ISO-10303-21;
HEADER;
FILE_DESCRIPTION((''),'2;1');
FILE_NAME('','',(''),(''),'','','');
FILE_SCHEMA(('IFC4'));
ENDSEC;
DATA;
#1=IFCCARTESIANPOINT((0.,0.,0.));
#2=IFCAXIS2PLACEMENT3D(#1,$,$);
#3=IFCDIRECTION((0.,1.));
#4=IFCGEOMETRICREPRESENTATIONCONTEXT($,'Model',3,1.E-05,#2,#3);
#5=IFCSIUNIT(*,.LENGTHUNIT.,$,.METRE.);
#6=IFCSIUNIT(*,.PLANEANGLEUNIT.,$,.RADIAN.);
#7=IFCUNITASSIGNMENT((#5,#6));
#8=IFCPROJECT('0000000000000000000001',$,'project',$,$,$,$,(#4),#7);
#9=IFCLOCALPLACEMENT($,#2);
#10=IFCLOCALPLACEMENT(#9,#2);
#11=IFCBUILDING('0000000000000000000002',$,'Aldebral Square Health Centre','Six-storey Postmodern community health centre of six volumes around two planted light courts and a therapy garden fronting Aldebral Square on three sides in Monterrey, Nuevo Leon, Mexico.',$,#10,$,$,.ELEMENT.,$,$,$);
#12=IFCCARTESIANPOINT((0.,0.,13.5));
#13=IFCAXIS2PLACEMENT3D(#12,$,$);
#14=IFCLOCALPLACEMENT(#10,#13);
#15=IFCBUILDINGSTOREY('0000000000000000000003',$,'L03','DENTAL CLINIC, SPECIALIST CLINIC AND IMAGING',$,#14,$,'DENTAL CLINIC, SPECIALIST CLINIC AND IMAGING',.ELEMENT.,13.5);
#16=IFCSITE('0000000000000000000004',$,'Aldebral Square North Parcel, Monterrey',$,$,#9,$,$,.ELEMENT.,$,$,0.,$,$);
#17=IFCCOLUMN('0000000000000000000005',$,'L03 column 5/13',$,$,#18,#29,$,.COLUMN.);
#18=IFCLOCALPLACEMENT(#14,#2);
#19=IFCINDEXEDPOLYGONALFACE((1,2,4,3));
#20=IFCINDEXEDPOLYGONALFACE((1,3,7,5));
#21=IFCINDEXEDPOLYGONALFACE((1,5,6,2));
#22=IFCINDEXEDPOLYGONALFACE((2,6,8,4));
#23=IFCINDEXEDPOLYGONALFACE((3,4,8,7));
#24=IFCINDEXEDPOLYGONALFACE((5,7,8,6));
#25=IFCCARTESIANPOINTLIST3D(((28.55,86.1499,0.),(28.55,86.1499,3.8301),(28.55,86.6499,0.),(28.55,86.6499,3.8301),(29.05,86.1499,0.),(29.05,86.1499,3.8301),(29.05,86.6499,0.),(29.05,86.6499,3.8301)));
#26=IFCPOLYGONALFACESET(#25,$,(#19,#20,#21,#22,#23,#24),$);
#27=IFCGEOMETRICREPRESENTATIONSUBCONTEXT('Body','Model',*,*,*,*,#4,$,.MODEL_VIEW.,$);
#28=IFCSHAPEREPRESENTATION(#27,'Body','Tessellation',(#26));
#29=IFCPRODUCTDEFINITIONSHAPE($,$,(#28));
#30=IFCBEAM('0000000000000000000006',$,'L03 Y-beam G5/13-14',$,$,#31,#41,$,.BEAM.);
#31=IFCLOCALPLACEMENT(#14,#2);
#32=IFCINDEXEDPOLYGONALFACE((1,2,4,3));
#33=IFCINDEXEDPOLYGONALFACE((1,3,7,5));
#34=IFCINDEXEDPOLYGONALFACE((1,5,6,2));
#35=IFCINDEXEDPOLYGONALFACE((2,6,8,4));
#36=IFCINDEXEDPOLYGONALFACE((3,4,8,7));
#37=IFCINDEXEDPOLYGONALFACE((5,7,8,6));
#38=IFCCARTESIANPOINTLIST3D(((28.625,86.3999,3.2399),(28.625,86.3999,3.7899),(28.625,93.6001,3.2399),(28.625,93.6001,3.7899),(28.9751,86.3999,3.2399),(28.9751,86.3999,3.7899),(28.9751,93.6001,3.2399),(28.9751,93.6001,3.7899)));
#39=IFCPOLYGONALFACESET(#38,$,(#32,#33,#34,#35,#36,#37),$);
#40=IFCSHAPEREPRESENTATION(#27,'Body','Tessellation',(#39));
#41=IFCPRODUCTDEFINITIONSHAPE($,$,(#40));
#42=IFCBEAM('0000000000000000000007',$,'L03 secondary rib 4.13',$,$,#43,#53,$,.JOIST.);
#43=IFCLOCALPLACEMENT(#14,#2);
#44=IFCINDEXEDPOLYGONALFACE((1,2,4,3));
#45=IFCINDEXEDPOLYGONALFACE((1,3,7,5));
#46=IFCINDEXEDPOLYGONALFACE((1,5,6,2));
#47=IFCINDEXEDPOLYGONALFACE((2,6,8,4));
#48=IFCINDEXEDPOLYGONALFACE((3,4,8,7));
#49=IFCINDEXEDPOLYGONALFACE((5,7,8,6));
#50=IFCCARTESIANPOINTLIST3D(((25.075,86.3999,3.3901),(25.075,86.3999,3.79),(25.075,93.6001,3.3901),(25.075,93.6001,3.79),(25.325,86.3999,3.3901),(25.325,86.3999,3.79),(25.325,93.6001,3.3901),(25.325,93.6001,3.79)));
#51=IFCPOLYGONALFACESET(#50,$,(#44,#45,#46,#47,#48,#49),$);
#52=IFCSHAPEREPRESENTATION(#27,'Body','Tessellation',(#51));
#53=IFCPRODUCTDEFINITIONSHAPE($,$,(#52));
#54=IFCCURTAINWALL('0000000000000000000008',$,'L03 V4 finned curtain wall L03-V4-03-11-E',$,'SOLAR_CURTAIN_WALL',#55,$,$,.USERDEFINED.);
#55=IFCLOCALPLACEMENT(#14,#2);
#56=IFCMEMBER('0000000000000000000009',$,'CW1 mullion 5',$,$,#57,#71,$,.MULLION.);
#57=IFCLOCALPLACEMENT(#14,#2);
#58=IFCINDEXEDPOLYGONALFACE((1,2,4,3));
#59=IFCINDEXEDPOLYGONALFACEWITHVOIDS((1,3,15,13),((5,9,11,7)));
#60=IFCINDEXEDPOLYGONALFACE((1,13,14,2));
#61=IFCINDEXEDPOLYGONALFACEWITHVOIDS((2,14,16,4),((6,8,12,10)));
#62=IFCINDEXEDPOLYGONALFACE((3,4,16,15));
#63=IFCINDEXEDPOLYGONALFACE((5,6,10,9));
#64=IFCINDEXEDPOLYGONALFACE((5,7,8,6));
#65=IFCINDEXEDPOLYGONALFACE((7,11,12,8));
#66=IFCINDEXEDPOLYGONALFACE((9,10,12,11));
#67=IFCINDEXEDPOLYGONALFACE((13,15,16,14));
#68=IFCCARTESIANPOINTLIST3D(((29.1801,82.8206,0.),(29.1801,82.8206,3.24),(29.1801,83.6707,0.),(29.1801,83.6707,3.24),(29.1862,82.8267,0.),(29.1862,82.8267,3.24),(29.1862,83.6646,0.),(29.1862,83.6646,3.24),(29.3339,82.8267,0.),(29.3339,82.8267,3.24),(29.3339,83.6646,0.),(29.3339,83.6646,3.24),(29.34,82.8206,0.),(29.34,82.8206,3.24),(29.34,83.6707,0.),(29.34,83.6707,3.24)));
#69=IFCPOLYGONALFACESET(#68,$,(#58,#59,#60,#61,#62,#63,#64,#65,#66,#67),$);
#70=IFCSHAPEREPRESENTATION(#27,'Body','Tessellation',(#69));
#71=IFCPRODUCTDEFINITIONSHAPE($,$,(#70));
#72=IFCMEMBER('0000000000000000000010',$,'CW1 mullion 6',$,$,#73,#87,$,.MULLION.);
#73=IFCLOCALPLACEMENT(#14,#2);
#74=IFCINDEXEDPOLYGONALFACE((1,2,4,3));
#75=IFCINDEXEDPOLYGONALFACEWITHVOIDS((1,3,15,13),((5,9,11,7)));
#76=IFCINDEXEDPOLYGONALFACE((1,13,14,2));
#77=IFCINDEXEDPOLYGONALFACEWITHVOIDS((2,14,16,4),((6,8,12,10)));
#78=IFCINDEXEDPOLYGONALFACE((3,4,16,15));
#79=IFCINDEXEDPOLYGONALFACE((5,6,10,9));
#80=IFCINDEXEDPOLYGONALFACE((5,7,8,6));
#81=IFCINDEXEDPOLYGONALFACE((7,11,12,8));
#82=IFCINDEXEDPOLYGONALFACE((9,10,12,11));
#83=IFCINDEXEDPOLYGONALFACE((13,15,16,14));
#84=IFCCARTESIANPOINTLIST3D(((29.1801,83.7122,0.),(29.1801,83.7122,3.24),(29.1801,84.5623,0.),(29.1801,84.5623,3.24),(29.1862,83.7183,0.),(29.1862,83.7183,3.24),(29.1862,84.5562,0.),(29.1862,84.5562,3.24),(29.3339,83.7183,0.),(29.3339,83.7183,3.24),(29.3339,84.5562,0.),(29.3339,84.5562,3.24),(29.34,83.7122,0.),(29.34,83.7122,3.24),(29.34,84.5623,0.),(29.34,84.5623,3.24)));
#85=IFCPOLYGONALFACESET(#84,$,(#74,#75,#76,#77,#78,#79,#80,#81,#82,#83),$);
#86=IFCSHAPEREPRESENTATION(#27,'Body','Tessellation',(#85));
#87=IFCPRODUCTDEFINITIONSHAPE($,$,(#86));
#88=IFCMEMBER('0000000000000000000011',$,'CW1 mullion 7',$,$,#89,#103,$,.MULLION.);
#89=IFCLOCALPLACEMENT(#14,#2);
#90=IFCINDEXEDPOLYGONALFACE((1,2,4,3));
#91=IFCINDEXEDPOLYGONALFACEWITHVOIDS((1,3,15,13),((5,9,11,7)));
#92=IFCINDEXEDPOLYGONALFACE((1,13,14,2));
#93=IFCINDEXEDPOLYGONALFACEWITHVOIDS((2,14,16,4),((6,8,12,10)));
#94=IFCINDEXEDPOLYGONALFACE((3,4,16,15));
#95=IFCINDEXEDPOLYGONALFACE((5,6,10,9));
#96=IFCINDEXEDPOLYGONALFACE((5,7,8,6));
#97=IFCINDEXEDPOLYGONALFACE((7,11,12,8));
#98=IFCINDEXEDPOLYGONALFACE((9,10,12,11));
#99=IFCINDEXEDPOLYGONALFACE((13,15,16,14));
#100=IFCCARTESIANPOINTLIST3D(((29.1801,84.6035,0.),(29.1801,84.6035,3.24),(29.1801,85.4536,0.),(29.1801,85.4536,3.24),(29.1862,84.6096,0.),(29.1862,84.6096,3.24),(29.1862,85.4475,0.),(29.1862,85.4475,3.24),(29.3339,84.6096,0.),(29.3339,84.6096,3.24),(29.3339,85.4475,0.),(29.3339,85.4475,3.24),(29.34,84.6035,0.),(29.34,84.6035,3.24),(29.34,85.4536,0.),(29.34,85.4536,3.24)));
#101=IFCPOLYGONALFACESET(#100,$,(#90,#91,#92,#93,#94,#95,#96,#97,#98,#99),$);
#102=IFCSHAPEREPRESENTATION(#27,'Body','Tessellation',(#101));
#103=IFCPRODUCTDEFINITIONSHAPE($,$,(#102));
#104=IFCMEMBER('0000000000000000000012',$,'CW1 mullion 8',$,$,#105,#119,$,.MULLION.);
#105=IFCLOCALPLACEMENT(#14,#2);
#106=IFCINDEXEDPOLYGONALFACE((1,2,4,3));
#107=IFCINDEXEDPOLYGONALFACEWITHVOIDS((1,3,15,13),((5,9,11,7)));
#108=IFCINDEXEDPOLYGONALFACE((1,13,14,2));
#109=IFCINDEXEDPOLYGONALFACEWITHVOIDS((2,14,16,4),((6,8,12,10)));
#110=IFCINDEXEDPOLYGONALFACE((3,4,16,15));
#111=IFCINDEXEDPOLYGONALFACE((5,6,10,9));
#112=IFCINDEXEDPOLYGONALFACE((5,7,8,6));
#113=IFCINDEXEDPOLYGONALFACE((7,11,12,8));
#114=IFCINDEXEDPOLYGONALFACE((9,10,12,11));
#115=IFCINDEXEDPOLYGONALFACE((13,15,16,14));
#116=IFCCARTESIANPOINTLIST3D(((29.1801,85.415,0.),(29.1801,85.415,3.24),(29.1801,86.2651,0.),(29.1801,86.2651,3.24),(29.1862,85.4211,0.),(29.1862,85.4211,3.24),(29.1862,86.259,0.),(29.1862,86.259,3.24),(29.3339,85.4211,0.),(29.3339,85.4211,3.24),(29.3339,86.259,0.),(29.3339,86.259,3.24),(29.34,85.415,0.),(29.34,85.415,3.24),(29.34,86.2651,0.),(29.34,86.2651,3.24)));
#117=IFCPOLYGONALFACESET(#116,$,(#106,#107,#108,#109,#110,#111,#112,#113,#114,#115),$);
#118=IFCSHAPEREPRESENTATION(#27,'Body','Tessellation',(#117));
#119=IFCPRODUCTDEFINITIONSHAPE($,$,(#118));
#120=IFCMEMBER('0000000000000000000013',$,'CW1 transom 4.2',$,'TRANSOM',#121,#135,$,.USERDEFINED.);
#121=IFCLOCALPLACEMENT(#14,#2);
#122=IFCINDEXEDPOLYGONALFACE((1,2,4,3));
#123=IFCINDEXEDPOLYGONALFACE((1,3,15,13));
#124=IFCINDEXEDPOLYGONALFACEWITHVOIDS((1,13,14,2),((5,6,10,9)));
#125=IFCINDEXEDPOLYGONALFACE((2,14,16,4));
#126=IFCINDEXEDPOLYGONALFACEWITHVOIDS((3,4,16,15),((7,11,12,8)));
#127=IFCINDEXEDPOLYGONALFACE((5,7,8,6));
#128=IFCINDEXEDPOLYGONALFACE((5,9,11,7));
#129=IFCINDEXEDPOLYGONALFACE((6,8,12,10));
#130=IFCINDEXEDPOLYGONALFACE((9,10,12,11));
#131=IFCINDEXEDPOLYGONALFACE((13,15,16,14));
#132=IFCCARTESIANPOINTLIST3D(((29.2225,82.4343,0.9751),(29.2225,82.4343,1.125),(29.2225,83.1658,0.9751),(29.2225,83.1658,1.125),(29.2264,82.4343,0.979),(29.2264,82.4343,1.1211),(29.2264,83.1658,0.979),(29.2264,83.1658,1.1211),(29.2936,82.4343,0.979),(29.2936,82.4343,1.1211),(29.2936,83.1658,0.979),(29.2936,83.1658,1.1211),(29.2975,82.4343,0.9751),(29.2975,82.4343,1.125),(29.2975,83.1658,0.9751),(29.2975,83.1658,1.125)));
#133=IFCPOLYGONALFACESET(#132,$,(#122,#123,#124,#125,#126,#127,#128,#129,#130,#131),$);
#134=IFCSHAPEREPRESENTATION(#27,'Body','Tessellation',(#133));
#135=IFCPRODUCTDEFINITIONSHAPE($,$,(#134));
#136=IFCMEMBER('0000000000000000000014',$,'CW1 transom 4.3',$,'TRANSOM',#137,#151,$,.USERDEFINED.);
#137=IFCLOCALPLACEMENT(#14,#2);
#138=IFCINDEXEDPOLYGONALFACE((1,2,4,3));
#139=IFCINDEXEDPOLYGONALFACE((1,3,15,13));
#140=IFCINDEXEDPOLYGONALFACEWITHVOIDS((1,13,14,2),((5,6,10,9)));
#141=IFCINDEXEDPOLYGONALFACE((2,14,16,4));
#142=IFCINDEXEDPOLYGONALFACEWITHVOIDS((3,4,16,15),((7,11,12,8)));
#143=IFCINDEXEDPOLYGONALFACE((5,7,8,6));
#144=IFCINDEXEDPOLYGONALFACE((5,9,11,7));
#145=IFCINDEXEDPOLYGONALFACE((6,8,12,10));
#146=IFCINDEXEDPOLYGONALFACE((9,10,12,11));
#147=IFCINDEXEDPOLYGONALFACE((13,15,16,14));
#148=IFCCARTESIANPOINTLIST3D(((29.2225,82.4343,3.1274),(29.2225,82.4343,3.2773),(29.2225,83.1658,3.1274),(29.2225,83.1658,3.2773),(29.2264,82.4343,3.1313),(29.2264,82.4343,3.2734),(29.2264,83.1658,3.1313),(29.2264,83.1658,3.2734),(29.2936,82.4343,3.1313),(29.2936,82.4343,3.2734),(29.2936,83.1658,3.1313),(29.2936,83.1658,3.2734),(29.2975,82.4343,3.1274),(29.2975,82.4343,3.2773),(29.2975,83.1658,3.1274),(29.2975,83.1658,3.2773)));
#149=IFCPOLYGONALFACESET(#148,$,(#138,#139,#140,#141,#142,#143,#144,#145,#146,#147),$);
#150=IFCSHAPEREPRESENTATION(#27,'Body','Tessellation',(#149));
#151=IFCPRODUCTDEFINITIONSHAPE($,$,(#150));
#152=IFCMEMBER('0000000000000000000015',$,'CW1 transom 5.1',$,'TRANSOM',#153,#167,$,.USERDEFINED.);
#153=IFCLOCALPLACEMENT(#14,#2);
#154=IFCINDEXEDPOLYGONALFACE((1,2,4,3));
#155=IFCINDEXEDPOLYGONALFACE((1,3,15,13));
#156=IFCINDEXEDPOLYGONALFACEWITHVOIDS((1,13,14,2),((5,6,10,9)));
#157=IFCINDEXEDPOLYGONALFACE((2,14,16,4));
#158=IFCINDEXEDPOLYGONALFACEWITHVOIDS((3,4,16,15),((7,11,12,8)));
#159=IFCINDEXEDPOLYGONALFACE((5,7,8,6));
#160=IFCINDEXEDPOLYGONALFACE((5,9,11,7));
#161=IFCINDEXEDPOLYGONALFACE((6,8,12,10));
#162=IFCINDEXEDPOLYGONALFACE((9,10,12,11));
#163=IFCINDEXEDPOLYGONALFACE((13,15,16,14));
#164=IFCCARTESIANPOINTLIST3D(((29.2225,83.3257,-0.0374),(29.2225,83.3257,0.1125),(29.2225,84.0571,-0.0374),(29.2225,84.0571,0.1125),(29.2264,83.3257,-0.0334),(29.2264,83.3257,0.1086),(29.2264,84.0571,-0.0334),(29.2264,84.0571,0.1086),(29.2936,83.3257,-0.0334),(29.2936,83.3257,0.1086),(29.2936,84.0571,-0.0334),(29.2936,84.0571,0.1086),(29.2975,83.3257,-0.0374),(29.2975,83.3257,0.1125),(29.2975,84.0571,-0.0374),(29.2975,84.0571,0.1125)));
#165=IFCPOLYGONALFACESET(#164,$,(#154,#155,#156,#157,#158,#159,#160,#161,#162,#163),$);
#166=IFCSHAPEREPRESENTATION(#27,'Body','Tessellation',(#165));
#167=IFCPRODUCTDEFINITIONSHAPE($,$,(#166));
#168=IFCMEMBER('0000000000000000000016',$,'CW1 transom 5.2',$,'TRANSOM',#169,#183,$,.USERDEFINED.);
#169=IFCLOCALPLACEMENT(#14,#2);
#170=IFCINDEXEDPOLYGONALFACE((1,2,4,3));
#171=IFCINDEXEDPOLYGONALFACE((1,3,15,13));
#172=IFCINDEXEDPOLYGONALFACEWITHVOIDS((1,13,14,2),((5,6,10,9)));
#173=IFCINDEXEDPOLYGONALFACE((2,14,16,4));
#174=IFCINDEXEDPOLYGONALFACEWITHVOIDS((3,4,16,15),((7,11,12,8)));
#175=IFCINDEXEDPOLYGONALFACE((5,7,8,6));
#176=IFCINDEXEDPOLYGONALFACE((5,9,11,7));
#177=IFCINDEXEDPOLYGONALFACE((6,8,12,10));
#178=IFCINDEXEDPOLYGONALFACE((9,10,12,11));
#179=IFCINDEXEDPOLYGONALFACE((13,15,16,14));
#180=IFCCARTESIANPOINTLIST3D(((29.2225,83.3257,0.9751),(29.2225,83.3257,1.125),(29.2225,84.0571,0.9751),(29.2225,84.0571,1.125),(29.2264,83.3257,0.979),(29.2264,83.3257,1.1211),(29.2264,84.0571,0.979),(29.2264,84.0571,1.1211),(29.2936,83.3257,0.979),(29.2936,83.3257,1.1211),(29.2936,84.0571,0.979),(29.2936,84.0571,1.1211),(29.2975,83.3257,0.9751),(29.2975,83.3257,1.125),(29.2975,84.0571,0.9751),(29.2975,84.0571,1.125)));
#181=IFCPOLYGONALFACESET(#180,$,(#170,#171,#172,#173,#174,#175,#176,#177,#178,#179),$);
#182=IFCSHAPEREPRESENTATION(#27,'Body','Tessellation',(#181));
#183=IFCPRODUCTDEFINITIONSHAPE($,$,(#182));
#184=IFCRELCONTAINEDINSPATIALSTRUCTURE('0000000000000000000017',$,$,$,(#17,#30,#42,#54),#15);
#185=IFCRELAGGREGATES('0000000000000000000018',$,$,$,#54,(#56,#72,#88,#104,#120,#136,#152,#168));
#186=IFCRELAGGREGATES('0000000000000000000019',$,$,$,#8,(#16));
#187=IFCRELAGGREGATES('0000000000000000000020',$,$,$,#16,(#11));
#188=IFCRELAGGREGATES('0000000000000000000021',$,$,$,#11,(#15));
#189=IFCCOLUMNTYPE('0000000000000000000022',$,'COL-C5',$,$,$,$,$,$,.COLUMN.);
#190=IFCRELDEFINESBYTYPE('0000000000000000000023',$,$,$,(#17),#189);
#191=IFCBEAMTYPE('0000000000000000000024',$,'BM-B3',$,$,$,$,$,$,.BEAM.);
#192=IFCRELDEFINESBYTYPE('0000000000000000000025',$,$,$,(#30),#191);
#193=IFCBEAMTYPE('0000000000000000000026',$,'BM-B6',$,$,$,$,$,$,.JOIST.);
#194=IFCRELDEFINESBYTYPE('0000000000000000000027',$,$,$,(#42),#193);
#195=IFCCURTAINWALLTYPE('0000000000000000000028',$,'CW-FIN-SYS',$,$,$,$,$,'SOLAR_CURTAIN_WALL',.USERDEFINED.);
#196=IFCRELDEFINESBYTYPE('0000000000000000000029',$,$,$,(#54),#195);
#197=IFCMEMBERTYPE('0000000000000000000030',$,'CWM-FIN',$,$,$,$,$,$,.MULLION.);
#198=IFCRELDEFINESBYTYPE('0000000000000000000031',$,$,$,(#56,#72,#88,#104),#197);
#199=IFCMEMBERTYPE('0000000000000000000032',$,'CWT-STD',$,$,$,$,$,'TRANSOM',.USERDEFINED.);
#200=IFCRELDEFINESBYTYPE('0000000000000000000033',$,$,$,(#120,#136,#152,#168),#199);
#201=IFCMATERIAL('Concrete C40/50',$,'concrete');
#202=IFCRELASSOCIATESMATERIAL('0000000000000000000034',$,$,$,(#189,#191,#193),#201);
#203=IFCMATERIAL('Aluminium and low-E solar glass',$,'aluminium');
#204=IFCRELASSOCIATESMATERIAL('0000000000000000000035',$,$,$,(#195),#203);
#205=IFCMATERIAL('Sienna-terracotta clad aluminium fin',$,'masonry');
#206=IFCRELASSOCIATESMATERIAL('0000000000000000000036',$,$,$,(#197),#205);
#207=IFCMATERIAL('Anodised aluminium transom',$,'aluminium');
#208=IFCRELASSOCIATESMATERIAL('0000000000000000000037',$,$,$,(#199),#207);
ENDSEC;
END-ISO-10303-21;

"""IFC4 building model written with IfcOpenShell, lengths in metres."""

from ifc_helpers import new_model, si_unit, direction, frame, origin, origin_2d, place, context, subcontext, project, spatial, rectangle, hollow_rectangle, extrude, material, material_profile, profile_set, type_object, element, aggregate, save


model = new_model("IFC4")

# Units and contexts
model_context = context("Model", 3, precision=1e-05, world=origin(), true_north=direction((0.0, 1.0)))
body_context = subcontext(model_context, "Body", "Model", "MODEL_VIEW")
ifc_project = project(units=[si_unit("LENGTHUNIT", "METRE"), si_unit("PLANEANGLEUNIT", "RADIAN")], contexts=[model_context])

# Site, building, storey
site_placement = place(None, origin())
site = spatial("IfcSite", under=ifc_project, at=site_placement, Name="Aldebral Square North Parcel, Monterrey", CompositionType="ELEMENT", RefElevation=0.0)
building_placement = place(site_placement, origin())
building = spatial("IfcBuilding", under=site, at=building_placement, Name="Aldebral Square Health Centre", Description="Six-storey Postmodern community health centre of six volumes around two planted light courts and a therapy garden fronting Aldebral Square on three sides in Monterrey, Nuevo Leon, Mexico.", CompositionType="ELEMENT")
storey_placement = place(building_placement, frame((0.0, 0.0, 13.5)))
storey = spatial("IfcBuildingStorey", under=building, at=storey_placement, Name="L03", Description="DENTAL CLINIC, SPECIALIST CLINIC AND IMAGING", LongName="DENTAL CLINIC, SPECIALIST CLINIC AND IMAGING", CompositionType="ELEMENT", Elevation=13.5)

# Column
ifc_material_1 = material(Name="Concrete C40/50", Category="concrete")
ifc_material_profile_1 = material_profile(ifc_material_1, rectangle(XDim=0.5, YDim=0.5, at=origin_2d()), Name="RC 500x500")
ifc_profile_set_1 = profile_set([ifc_material_profile_1], Name="Concrete C40/50")
column_type = type_object("IfcColumnType", Name="COL-C5", PredefinedType="COLUMN", material=ifc_profile_set_1)
column_placement = place(storey_placement, frame((28.8, 86.3999, 0.0), z_axis=(0.0, 0.0, 1.0), x_axis=(1.0, 0.0, 0.0)))
element("IfcColumn", 1, at=column_placement, inside=storey, type_object=column_type, Name="L03 column 5/13", PredefinedType="COLUMN", context=body_context, shape_type="SweptSolid", body=[
    extrude(rectangle(XDim=0.5, YDim=0.5, at=origin_2d()), origin(), (0.0, 0.0, 1.0), 3.8301),
])

# Beams
ifc_material_profile_2 = material_profile(ifc_material_1, rectangle(XDim=0.3501, YDim=0.55, at=origin_2d()), Name="RC 350x550")
ifc_profile_set_2 = profile_set([ifc_material_profile_2], Name="Concrete C40/50")
beam_type_1 = type_object("IfcBeamType", Name="BM-B3", PredefinedType="BEAM", material=ifc_profile_set_2)
beam_1_placement = place(storey_placement, frame((28.8, 86.3999, 3.5149), z_axis=(0.0, 1.0, 0.0), x_axis=(-1.0, 0.0, 0.0)))
element("IfcBeam", 2, at=beam_1_placement, inside=storey, type_object=beam_type_1, Name="L03 Y-beam G5/13-14", PredefinedType="BEAM", context=body_context, shape_type="SweptSolid", body=[
    extrude(rectangle(XDim=0.3501, YDim=0.55, at=origin_2d()), origin(), (0.0, 0.0, 1.0), 7.2002),
])
ifc_material_profile_3 = material_profile(ifc_material_1, rectangle(XDim=0.25, YDim=0.3999, at=origin_2d()), Name="RC 250x400")
ifc_profile_set_3 = profile_set([ifc_material_profile_3], Name="Concrete C40/50")
beam_type_2 = type_object("IfcBeamType", Name="BM-B6", PredefinedType="JOIST", material=ifc_profile_set_3)
beam_2_placement = place(storey_placement, frame((25.2, 86.3999, 3.5901), z_axis=(0.0, 1.0, 0.0), x_axis=(-1.0, 0.0, 0.0)))
element("IfcBeam", 3, at=beam_2_placement, inside=storey, type_object=beam_type_2, Name="L03 secondary rib 4.13", PredefinedType="JOIST", context=body_context, shape_type="SweptSolid", body=[
    extrude(rectangle(XDim=0.25, YDim=0.3999, at=origin_2d()), origin(), (0.0, 0.0, 1.0), 7.2002),
])

# Curtain wall, members
ifc_material_2 = material(Name="Aluminium and low-E solar glass", Category="aluminium")
curtain_wall_type = type_object("IfcCurtainWallType", Name="CW-FIN-SYS", ElementType="SOLAR_CURTAIN_WALL", PredefinedType="USERDEFINED", material=ifc_material_2)
curtain_wall_placement = place(storey_placement, origin())
curtain_wall = element("IfcCurtainWall", 4, at=curtain_wall_placement, inside=storey, type_object=curtain_wall_type, Name="L03 V4 finned curtain wall L03-V4-03-11-E", ObjectType="SOLAR_CURTAIN_WALL", PredefinedType="USERDEFINED")
ifc_material_3 = material(Name="Sienna-terracotta clad aluminium fin", Category="masonry")
ifc_material_profile_4 = material_profile(ifc_material_3, hollow_rectangle(XDim=0.1599, YDim=0.8501, WallThickness=0.0061, at=origin_2d()), Name="FIN 160x850x6")
ifc_profile_set_4 = profile_set([ifc_material_profile_4], Name="Sienna-terracotta clad aluminium fin")
member_type_1 = type_object("IfcMemberType", Name="CWM-FIN", PredefinedType="MULLION", material=ifc_profile_set_4)
member_1_placement = place(storey_placement, frame((29.26, 83.2456, 0.0), z_axis=(0.0, 0.0, 1.0), x_axis=(-1.0, 0.0, 0.0)))
member_1 = element("IfcMember", 5, at=member_1_placement, type_object=member_type_1, Name="CW1 mullion 5", PredefinedType="MULLION", context=body_context, shape_type="SweptSolid", body=[
    extrude(hollow_rectangle(XDim=0.1599, YDim=0.8501, WallThickness=0.0061, at=origin_2d()), origin(), (0.0, 0.0, 1.0), 3.24),
])
member_2_placement = place(storey_placement, frame((29.26, 84.1372, 0.0), z_axis=(0.0, 0.0, 1.0), x_axis=(-1.0, 0.0, 0.0)))
member_2 = element("IfcMember", 6, at=member_2_placement, type_object=member_type_1, Name="CW1 mullion 6", PredefinedType="MULLION", context=body_context, shape_type="SweptSolid", body=[
    extrude(hollow_rectangle(XDim=0.1599, YDim=0.8501, WallThickness=0.0061, at=origin_2d()), origin(), (0.0, 0.0, 1.0), 3.24),
])
member_3_placement = place(storey_placement, frame((29.26, 85.0286, 0.0), z_axis=(0.0, 0.0, 1.0), x_axis=(-1.0, 0.0, 0.0)))
member_3 = element("IfcMember", 7, at=member_3_placement, type_object=member_type_1, Name="CW1 mullion 7", PredefinedType="MULLION", context=body_context, shape_type="SweptSolid", body=[
    extrude(hollow_rectangle(XDim=0.1599, YDim=0.8501, WallThickness=0.0061, at=origin_2d()), origin(), (0.0, 0.0, 1.0), 3.24),
])
member_4_placement = place(storey_placement, frame((29.26, 85.8401, 0.0), z_axis=(0.0, 0.0, 1.0), x_axis=(-1.0, 0.0, 0.0)))
member_4 = element("IfcMember", 8, at=member_4_placement, type_object=member_type_1, Name="CW1 mullion 8", PredefinedType="MULLION", context=body_context, shape_type="SweptSolid", body=[
    extrude(hollow_rectangle(XDim=0.1599, YDim=0.8501, WallThickness=0.0061, at=origin_2d()), origin(), (0.0, 0.0, 1.0), 3.24),
])
ifc_material_4 = material(Name="Anodised aluminium transom", Category="aluminium")
ifc_material_profile_5 = material_profile(ifc_material_4, hollow_rectangle(XDim=0.075, YDim=0.1499, WallThickness=0.0039, at=origin_2d()), Name="CWT 75x150x4")
ifc_profile_set_5 = profile_set([ifc_material_profile_5], Name="Anodised aluminium transom")
member_type_2 = type_object("IfcMemberType", Name="CWT-STD", ElementType="TRANSOM", PredefinedType="USERDEFINED", material=ifc_profile_set_5)
member_5_placement = place(storey_placement, frame((29.26, 82.4343, 1.05), z_axis=(0.0, 1.0, 0.0), x_axis=(-1.0, 0.0, 0.0)))
member_5 = element("IfcMember", 9, at=member_5_placement, type_object=member_type_2, Name="CW1 transom 4.2", ObjectType="TRANSOM", PredefinedType="USERDEFINED", context=body_context, shape_type="SweptSolid", body=[
    extrude(hollow_rectangle(XDim=0.075, YDim=0.1499, WallThickness=0.0039, at=origin_2d()), origin(), (0.0, 0.0, 1.0), 0.7314),
])
member_6_placement = place(storey_placement, frame((29.26, 82.4343, 3.2024), z_axis=(0.0, 1.0, 0.0), x_axis=(-1.0, 0.0, 0.0)))
member_6 = element("IfcMember", 10, at=member_6_placement, type_object=member_type_2, Name="CW1 transom 4.3", ObjectType="TRANSOM", PredefinedType="USERDEFINED", context=body_context, shape_type="SweptSolid", body=[
    extrude(hollow_rectangle(XDim=0.075, YDim=0.1499, WallThickness=0.0039, at=origin_2d()), origin(), (0.0, 0.0, 1.0), 0.7314),
])
member_7_placement = place(storey_placement, frame((29.26, 83.3257, 0.0376), z_axis=(0.0, 1.0, 0.0), x_axis=(-1.0, 0.0, 0.0)))
member_7 = element("IfcMember", 11, at=member_7_placement, type_object=member_type_2, Name="CW1 transom 5.1", ObjectType="TRANSOM", PredefinedType="USERDEFINED", context=body_context, shape_type="SweptSolid", body=[
    extrude(hollow_rectangle(XDim=0.075, YDim=0.1499, WallThickness=0.0039, at=origin_2d()), origin(), (0.0, 0.0, 1.0), 0.7314),
])
member_8_placement = place(storey_placement, frame((29.26, 83.3257, 1.05), z_axis=(0.0, 1.0, 0.0), x_axis=(-1.0, 0.0, 0.0)))
member_8 = element("IfcMember", 12, at=member_8_placement, type_object=member_type_2, Name="CW1 transom 5.2", ObjectType="TRANSOM", PredefinedType="USERDEFINED", context=body_context, shape_type="SweptSolid", body=[
    extrude(hollow_rectangle(XDim=0.075, YDim=0.1499, WallThickness=0.0039, at=origin_2d()), origin(), (0.0, 0.0, 1.0), 0.7314),
])
aggregate(curtain_wall, [member_1, member_2, member_3, member_4, member_5, member_6, member_7, member_8])

save(model, "model.ifc")
